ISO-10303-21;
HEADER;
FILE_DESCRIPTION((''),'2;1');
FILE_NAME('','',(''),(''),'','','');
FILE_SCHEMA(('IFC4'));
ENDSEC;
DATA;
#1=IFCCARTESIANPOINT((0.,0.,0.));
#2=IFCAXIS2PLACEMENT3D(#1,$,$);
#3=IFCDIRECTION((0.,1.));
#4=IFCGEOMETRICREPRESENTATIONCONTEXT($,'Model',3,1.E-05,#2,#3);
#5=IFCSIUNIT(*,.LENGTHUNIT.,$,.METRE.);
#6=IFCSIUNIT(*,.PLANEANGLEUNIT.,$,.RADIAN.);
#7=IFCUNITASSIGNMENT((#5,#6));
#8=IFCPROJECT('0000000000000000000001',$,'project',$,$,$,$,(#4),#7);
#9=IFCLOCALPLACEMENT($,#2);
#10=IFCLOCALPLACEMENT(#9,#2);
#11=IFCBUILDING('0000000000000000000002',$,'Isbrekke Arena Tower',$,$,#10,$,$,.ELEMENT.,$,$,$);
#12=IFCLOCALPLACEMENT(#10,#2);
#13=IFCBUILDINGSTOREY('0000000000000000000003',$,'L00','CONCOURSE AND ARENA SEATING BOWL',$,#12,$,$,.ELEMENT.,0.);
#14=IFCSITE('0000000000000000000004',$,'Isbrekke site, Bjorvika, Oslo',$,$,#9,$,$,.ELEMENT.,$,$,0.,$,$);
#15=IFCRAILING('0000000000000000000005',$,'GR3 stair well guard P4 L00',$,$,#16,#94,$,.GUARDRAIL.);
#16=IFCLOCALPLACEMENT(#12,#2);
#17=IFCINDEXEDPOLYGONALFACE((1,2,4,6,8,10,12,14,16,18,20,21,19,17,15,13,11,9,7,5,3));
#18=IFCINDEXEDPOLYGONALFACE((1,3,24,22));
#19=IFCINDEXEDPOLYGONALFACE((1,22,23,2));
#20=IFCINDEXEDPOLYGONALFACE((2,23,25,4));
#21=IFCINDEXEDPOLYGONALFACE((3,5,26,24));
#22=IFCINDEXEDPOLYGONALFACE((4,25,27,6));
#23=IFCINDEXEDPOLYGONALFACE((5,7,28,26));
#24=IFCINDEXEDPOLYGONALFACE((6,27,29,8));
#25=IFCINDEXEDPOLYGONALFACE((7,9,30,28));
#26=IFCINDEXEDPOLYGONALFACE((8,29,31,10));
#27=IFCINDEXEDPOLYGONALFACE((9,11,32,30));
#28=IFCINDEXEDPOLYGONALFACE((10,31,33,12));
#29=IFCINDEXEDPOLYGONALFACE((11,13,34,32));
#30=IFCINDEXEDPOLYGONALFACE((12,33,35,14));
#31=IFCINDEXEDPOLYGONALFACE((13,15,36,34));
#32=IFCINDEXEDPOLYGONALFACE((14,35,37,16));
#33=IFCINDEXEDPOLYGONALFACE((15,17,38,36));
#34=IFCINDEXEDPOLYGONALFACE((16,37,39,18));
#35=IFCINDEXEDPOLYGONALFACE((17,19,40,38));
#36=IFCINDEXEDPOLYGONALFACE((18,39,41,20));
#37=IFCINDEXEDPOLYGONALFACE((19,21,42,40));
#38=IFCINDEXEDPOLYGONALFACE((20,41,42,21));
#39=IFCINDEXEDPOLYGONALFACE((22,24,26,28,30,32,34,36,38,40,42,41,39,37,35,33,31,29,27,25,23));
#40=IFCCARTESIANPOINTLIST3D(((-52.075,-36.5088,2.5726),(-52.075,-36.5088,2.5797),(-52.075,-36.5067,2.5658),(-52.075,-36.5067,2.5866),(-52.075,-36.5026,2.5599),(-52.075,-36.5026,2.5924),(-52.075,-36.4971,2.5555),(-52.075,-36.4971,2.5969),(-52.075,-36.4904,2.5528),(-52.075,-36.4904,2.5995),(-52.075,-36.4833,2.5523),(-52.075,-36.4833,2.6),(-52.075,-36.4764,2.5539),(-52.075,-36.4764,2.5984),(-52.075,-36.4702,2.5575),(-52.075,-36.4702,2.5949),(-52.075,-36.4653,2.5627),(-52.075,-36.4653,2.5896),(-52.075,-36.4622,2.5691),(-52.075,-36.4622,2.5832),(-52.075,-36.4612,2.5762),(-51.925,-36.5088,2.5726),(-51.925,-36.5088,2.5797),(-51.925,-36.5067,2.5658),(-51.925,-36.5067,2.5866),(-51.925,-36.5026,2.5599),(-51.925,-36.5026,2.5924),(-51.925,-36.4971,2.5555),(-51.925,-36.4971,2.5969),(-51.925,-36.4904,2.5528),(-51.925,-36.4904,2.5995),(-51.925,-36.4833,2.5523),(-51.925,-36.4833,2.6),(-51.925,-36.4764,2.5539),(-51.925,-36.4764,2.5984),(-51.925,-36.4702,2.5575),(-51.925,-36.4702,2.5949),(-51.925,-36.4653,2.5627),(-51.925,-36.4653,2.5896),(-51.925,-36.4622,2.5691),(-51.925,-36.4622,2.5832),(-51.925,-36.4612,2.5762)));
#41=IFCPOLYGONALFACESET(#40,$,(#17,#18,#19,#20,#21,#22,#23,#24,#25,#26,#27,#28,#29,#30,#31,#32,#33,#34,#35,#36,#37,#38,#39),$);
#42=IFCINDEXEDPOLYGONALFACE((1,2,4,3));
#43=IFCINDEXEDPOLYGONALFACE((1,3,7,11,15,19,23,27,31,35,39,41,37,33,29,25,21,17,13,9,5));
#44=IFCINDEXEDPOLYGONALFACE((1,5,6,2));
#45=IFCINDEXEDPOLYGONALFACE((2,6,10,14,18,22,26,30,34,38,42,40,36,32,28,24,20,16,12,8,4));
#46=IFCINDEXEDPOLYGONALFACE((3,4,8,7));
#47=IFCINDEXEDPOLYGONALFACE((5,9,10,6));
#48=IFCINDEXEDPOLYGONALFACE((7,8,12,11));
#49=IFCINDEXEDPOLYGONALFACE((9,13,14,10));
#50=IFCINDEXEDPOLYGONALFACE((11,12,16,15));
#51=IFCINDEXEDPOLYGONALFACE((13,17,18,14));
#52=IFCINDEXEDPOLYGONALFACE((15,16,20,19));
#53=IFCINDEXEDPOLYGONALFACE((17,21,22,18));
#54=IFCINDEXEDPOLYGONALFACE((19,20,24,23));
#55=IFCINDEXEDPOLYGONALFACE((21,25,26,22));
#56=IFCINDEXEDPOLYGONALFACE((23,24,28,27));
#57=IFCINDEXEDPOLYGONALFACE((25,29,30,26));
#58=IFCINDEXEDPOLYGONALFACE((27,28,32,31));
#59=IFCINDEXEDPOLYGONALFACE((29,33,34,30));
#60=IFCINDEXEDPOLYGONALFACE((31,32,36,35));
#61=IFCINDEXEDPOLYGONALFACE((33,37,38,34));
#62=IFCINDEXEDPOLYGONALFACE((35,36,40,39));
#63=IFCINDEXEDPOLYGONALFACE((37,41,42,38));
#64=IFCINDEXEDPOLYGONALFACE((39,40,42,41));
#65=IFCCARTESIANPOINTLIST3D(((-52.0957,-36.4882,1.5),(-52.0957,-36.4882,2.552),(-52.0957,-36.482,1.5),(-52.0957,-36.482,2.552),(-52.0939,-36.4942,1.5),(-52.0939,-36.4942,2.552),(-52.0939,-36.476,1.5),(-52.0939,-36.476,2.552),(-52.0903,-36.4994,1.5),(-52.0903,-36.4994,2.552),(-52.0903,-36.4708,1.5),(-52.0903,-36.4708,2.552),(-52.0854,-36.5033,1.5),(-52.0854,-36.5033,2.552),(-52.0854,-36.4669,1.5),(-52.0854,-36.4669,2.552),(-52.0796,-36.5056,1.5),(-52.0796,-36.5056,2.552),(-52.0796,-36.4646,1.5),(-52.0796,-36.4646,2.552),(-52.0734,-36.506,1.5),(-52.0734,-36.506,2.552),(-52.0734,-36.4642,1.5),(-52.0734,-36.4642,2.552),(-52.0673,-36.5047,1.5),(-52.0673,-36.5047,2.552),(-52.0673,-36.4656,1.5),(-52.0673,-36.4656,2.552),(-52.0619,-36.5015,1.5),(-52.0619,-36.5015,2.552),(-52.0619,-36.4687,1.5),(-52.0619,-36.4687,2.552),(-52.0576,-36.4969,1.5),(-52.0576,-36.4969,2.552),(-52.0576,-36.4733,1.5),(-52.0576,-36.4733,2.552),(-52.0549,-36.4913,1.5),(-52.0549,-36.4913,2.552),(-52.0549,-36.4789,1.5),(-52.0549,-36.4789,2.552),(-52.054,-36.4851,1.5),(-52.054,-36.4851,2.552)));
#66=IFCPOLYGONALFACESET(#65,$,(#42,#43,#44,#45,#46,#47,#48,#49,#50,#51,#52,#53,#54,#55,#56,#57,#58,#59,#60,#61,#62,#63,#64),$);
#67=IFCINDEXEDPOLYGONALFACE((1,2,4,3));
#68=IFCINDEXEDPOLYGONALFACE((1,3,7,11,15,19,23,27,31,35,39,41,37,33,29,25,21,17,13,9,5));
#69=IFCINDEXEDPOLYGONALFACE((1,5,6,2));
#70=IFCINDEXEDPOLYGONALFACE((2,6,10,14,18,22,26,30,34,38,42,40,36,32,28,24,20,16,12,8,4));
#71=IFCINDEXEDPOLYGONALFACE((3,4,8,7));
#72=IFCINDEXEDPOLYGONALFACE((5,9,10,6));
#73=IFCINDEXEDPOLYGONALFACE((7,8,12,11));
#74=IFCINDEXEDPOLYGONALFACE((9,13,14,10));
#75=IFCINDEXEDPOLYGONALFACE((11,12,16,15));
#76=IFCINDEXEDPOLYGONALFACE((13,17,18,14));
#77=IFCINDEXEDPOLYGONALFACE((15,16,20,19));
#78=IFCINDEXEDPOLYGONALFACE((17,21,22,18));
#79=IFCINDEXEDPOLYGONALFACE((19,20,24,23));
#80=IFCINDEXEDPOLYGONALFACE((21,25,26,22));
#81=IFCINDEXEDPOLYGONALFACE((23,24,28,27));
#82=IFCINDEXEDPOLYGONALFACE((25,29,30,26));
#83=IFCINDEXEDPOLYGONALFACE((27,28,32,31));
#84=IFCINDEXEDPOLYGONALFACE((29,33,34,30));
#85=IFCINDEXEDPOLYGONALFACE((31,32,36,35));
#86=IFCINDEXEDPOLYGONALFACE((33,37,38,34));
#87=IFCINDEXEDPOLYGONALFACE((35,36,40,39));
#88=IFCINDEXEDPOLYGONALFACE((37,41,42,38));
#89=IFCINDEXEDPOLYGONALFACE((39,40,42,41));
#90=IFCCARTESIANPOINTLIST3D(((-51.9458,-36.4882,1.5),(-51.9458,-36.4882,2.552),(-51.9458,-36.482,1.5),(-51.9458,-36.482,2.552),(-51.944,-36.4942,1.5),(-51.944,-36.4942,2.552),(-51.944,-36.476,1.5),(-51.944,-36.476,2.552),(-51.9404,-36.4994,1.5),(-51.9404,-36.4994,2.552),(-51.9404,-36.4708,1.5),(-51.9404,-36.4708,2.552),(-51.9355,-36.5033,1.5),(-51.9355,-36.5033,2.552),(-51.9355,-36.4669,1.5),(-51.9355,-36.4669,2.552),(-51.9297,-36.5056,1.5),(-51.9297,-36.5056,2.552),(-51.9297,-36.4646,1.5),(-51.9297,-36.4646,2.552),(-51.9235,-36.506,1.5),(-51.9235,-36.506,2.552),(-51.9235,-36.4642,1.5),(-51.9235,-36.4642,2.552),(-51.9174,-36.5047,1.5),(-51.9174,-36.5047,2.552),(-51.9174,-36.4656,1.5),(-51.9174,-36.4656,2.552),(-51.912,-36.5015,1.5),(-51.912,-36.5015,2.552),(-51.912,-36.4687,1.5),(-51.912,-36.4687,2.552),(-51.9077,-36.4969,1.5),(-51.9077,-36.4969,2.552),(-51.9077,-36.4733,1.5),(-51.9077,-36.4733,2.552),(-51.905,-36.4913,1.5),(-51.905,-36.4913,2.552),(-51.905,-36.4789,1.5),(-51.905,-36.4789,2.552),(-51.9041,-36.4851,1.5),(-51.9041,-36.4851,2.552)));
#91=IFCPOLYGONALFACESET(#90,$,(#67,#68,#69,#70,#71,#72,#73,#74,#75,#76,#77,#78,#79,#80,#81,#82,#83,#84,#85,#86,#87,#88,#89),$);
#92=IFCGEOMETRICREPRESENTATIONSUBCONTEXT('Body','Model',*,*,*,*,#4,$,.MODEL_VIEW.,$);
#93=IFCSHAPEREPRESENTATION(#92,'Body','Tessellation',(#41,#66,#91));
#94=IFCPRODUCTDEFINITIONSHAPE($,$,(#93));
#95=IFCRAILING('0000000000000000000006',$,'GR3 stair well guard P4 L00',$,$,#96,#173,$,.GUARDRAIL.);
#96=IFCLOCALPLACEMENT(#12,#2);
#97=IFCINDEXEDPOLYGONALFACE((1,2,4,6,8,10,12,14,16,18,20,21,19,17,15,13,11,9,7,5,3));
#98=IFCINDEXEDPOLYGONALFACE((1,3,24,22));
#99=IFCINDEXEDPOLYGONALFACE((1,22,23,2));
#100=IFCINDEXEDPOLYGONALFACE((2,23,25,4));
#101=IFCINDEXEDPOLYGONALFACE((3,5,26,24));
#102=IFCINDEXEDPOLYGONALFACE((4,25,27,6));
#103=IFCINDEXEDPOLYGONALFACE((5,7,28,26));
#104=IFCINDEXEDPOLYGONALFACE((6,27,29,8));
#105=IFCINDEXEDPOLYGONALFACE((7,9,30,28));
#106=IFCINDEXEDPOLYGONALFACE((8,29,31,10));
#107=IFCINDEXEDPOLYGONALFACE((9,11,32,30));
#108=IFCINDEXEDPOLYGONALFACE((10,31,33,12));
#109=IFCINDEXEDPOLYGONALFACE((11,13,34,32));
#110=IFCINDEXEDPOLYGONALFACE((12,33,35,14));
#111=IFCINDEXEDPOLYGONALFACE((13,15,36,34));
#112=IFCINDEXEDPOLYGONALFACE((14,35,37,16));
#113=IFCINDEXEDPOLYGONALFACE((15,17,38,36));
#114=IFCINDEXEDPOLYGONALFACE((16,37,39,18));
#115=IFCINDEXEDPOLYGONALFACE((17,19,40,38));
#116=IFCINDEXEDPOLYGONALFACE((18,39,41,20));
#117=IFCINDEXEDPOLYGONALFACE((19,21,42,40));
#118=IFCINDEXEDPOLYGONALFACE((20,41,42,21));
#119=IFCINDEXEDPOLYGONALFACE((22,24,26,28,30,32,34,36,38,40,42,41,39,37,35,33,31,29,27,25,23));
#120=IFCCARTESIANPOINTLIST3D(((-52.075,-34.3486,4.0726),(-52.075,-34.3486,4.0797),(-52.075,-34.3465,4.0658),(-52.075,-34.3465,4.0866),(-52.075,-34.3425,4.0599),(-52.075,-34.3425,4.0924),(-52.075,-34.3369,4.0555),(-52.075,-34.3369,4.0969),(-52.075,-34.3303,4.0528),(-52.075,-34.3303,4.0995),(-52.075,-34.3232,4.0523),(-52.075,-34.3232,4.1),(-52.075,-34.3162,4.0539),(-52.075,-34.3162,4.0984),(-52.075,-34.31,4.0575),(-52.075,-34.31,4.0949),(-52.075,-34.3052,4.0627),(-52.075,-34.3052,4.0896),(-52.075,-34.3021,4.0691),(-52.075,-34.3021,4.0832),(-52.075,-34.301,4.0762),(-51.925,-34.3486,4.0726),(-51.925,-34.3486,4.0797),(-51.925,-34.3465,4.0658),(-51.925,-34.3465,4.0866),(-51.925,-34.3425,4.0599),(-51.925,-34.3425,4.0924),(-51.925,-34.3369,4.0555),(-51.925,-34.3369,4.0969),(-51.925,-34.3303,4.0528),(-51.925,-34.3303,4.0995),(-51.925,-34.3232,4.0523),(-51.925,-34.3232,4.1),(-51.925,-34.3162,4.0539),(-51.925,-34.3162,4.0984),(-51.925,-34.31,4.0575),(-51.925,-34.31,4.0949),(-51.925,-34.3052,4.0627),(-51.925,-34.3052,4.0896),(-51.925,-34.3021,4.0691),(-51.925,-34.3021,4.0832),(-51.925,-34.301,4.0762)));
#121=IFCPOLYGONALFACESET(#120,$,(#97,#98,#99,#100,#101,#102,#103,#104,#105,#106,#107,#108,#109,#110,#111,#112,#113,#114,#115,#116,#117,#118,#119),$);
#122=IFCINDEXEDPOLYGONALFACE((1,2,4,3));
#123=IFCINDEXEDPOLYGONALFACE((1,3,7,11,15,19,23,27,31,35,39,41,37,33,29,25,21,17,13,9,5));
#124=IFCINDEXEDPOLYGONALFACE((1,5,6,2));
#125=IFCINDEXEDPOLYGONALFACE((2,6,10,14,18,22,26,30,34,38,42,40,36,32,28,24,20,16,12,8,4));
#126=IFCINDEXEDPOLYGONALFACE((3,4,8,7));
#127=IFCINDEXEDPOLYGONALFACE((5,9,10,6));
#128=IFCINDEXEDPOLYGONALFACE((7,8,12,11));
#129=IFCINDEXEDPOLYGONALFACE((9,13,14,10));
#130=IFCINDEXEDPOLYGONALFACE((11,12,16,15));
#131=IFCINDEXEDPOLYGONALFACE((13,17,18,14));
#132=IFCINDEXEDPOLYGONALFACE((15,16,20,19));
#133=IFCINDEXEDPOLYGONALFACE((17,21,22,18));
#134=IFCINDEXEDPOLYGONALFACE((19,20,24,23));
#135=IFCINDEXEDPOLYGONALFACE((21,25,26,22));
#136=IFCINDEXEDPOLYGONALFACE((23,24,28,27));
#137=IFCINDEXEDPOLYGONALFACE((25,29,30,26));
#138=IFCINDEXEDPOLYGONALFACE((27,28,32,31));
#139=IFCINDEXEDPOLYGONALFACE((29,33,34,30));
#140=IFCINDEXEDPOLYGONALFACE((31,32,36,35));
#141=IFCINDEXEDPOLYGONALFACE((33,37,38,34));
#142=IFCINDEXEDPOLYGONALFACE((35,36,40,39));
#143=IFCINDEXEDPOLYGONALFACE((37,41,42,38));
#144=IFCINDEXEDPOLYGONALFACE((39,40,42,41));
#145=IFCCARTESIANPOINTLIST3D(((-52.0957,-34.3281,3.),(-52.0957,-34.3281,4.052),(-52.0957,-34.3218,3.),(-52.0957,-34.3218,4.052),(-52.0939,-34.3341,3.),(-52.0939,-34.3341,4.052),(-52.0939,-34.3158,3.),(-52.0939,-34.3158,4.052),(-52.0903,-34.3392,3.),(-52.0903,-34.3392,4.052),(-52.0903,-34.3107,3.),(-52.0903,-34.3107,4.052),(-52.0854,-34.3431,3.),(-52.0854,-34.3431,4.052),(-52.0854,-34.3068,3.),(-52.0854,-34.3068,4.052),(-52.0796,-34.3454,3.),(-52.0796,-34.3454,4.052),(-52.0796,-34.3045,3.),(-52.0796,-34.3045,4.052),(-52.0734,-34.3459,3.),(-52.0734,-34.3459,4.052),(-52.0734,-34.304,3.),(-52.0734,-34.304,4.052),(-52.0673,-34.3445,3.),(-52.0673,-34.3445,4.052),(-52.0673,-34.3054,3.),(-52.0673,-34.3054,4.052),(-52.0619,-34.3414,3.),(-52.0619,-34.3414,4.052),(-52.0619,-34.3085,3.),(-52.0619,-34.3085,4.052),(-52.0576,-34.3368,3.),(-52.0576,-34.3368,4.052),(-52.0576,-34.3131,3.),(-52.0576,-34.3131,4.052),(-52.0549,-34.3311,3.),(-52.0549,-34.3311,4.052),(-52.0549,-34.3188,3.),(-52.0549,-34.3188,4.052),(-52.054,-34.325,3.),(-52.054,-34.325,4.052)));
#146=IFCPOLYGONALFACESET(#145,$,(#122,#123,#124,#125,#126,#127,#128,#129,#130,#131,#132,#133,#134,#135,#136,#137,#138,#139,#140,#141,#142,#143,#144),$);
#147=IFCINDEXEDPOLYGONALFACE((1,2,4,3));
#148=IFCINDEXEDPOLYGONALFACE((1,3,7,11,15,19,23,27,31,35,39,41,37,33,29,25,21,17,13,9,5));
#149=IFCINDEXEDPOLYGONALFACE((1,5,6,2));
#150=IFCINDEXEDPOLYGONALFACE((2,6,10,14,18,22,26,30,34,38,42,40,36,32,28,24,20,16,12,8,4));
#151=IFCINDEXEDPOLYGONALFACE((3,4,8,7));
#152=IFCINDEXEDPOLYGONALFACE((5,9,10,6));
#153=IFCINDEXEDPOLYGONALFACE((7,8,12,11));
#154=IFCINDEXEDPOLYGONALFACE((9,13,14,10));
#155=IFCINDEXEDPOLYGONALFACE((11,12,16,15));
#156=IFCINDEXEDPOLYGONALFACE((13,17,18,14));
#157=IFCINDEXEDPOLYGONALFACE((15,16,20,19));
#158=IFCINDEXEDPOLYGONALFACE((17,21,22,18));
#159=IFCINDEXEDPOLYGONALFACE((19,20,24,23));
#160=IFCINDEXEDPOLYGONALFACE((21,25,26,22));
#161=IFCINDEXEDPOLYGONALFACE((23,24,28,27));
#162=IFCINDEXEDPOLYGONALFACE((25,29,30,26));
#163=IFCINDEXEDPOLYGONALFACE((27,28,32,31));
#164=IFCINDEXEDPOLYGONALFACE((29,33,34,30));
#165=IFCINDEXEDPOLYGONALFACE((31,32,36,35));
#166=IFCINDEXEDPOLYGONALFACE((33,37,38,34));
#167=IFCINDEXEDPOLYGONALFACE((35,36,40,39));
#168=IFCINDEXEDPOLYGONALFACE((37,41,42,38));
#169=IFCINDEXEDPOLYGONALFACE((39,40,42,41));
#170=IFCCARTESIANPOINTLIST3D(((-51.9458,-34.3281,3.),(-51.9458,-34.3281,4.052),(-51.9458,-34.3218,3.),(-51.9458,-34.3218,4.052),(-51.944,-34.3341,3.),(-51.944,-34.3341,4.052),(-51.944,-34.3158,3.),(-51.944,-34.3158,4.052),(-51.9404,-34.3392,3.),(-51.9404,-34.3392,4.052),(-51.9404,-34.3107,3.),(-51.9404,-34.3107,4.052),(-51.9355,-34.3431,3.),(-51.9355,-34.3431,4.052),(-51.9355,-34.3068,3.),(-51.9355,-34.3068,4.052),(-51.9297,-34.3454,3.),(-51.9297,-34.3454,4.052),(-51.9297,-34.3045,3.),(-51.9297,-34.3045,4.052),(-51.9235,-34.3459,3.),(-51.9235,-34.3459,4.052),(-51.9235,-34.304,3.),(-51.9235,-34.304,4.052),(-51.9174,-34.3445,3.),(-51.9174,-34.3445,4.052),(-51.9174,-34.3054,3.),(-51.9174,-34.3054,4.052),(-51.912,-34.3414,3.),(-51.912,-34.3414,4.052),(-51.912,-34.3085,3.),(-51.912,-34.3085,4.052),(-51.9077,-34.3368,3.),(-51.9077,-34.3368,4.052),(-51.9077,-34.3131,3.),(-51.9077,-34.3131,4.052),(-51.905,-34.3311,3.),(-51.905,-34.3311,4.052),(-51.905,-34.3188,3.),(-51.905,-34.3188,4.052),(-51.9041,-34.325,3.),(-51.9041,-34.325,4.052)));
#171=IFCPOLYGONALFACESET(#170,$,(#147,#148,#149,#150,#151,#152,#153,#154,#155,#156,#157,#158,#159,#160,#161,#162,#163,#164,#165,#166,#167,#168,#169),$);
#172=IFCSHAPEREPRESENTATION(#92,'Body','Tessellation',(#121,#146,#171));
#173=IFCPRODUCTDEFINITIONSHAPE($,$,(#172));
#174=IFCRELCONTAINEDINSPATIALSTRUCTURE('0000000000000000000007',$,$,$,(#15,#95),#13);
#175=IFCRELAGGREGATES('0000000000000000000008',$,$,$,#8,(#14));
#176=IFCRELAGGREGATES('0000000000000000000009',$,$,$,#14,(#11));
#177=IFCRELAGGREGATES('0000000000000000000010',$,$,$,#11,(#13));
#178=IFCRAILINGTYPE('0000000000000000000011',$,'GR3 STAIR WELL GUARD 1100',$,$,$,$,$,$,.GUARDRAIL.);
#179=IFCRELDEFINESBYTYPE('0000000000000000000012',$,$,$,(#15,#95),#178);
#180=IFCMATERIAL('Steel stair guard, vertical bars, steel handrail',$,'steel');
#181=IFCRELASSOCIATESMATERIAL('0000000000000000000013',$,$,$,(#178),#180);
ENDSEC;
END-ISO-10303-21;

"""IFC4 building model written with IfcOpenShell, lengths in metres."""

from ifc_helpers import new_model, si_unit, direction, frame, origin, origin_2d, place, context, subcontext, project, spatial, circle, extrude, material, type_object, element, save


model = new_model("IFC4")

# Units and contexts
model_context = context("Model", 3, precision=1e-05, world=origin(), true_north=direction((0.0, 1.0)))
body_context = subcontext(model_context, "Body", "Model", "MODEL_VIEW")
ifc_project = project(units=[si_unit("LENGTHUNIT", "METRE"), si_unit("PLANEANGLEUNIT", "RADIAN")], contexts=[model_context])

# Site, building, storey
site_placement = place(None, origin())
site = spatial("IfcSite", under=ifc_project, at=site_placement, Name="Isbrekke site, Bjorvika, Oslo", CompositionType="ELEMENT", RefElevation=0.0)
building_placement = place(site_placement, origin())
building = spatial("IfcBuilding", under=site, at=building_placement, Name="Isbrekke Arena Tower", CompositionType="ELEMENT")
storey_placement = place(building_placement, origin())
storey = spatial("IfcBuildingStorey", under=building, at=storey_placement, Name="L00", Description="CONCOURSE AND ARENA SEATING BOWL", CompositionType="ELEMENT", Elevation=0.0)

# Railings
ifc_material_1 = material(Name="Steel stair guard, vertical bars, steel handrail", Category="steel")
railing_type = type_object("IfcRailingType", Name="GR3 STAIR WELL GUARD 1100", PredefinedType="GUARDRAIL", material=ifc_material_1)
for number, where, name in (
    (1, (-52.075, -36.4851, 1.5), "GR3 stair well guard P4 L00"),
    (2, (-52.075, -34.325, 3.0), "GR3 stair well guard P4 L00"),
):
    element("IfcRailing", number, at=place(storey_placement, frame(where)), inside=storey, type_object=railing_type, Name=name, PredefinedType="GUARDRAIL", context=body_context, shape_type="SweptSolid", body=[
        extrude(circle(Radius=0.0239, at=origin_2d()), frame((0.0, 0.0, 1.0762), z_axis=(1.0, 0.0, 0.0), x_axis=(0.0, 1.0, 0.0)), (0.0, 0.0, 1.0), 0.1499),
        extrude(circle(Radius=0.021, at=origin_2d()), origin(), (0.0, 0.0, 1.0), 1.052),
        extrude(circle(Radius=0.021, at=origin_2d()), frame((0.1499, 0.0, 0.0)), (0.0, 0.0, 1.0), 1.052),
    ])

save(model, "model.ifc")
